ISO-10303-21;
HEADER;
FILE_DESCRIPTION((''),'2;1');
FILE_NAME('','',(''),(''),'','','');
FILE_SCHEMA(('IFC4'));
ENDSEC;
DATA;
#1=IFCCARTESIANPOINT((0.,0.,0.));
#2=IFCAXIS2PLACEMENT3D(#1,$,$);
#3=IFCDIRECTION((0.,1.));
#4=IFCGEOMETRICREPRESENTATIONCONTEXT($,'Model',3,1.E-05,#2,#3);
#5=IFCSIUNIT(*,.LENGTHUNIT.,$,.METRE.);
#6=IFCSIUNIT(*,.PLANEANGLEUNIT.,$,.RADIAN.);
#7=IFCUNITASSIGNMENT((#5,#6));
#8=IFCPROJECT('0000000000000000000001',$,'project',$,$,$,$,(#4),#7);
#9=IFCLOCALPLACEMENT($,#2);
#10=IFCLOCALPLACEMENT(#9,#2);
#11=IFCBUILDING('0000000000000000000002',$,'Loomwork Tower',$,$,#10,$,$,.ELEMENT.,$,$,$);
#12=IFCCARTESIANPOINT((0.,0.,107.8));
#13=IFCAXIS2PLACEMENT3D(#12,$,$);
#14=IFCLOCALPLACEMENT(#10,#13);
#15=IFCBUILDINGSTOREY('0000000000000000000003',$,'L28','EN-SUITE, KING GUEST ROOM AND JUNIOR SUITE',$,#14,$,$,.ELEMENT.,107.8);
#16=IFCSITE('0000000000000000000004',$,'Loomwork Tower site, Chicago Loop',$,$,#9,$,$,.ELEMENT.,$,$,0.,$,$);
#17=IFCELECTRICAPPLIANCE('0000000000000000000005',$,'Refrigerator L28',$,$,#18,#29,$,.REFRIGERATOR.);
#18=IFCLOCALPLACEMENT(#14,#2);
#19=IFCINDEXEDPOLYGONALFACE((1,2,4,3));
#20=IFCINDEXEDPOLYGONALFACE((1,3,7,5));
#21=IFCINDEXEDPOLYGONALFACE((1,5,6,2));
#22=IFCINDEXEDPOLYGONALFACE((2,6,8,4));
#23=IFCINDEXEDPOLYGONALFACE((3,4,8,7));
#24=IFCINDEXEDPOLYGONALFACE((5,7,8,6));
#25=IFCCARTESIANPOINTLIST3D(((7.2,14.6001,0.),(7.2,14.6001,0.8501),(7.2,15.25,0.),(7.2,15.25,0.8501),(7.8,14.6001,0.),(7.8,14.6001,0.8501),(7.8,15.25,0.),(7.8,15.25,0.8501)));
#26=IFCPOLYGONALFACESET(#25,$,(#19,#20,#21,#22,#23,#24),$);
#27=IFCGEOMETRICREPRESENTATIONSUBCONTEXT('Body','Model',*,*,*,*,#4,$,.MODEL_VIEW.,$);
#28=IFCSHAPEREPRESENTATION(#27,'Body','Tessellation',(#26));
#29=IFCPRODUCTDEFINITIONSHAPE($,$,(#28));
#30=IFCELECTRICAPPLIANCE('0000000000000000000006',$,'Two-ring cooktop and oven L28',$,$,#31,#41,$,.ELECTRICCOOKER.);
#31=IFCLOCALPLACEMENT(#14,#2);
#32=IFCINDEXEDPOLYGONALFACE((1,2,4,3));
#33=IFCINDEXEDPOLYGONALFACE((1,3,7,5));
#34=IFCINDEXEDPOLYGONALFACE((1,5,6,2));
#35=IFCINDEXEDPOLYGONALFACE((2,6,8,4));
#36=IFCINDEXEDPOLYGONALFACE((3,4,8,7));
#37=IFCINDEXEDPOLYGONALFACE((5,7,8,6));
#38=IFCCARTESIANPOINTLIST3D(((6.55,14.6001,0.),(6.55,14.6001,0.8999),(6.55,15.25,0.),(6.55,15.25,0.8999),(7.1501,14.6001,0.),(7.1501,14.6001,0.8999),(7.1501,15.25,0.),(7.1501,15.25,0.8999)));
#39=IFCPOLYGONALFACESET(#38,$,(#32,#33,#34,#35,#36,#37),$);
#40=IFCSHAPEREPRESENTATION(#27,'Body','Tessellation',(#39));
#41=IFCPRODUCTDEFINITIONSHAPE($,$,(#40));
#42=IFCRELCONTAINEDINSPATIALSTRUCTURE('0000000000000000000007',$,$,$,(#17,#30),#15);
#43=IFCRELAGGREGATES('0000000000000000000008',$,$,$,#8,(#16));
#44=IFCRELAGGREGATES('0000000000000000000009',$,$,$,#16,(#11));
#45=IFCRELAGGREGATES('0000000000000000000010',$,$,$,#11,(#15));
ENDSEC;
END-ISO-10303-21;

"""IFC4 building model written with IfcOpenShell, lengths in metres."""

from ifc_helpers import new_model, si_unit, direction, frame, origin, origin_2d, place, context, subcontext, project, spatial, rectangle, extrude, element, save


model = new_model("IFC4")

# Units and contexts
model_context = context("Model", 3, precision=1e-05, world=origin(), true_north=direction((0.0, 1.0)))
body_context = subcontext(model_context, "Body", "Model", "MODEL_VIEW")
ifc_project = project(units=[si_unit("LENGTHUNIT", "METRE"), si_unit("PLANEANGLEUNIT", "RADIAN")], contexts=[model_context])

# Site, building, storey
site_placement = place(None, origin())
site = spatial("IfcSite", under=ifc_project, at=site_placement, Name="Loomwork Tower site, Chicago Loop", CompositionType="ELEMENT", RefElevation=0.0)
building_placement = place(site_placement, origin())
building = spatial("IfcBuilding", under=site, at=building_placement, Name="Loomwork Tower", CompositionType="ELEMENT")
storey_placement = place(building_placement, frame((0.0, 0.0, 107.8)))
storey = spatial("IfcBuildingStorey", under=building, at=storey_placement, Name="L28", Description="EN-SUITE, KING GUEST ROOM AND JUNIOR SUITE", CompositionType="ELEMENT", Elevation=107.8)

# Electric appliances
electric_appliance_1_placement = place(storey_placement, frame((7.5, 14.925, 0.0), z_axis=(0.0, 0.0, 1.0), x_axis=(1.0, 0.0, 0.0)))
element("IfcElectricAppliance", 1, at=electric_appliance_1_placement, inside=storey, Name="Refrigerator L28", PredefinedType="REFRIGERATOR", context=body_context, shape_type="SweptSolid", body=[
    extrude(rectangle(XDim=0.6001, YDim=0.6499, at=origin_2d()), origin(), (0.0, 0.0, 1.0), 0.8501),
])
electric_appliance_2_placement = place(storey_placement, frame((6.8501, 14.925, 0.0), z_axis=(0.0, 0.0, 1.0), x_axis=(1.0, 0.0, 0.0)))
element("IfcElectricAppliance", 2, at=electric_appliance_2_placement, inside=storey, Name="Two-ring cooktop and oven L28", PredefinedType="ELECTRICCOOKER", context=body_context, shape_type="SweptSolid", body=[
    extrude(rectangle(XDim=0.6001, YDim=0.6499, at=origin_2d()), origin(), (0.0, 0.0, 1.0), 0.8999),
])

save(model, "model.ifc")
